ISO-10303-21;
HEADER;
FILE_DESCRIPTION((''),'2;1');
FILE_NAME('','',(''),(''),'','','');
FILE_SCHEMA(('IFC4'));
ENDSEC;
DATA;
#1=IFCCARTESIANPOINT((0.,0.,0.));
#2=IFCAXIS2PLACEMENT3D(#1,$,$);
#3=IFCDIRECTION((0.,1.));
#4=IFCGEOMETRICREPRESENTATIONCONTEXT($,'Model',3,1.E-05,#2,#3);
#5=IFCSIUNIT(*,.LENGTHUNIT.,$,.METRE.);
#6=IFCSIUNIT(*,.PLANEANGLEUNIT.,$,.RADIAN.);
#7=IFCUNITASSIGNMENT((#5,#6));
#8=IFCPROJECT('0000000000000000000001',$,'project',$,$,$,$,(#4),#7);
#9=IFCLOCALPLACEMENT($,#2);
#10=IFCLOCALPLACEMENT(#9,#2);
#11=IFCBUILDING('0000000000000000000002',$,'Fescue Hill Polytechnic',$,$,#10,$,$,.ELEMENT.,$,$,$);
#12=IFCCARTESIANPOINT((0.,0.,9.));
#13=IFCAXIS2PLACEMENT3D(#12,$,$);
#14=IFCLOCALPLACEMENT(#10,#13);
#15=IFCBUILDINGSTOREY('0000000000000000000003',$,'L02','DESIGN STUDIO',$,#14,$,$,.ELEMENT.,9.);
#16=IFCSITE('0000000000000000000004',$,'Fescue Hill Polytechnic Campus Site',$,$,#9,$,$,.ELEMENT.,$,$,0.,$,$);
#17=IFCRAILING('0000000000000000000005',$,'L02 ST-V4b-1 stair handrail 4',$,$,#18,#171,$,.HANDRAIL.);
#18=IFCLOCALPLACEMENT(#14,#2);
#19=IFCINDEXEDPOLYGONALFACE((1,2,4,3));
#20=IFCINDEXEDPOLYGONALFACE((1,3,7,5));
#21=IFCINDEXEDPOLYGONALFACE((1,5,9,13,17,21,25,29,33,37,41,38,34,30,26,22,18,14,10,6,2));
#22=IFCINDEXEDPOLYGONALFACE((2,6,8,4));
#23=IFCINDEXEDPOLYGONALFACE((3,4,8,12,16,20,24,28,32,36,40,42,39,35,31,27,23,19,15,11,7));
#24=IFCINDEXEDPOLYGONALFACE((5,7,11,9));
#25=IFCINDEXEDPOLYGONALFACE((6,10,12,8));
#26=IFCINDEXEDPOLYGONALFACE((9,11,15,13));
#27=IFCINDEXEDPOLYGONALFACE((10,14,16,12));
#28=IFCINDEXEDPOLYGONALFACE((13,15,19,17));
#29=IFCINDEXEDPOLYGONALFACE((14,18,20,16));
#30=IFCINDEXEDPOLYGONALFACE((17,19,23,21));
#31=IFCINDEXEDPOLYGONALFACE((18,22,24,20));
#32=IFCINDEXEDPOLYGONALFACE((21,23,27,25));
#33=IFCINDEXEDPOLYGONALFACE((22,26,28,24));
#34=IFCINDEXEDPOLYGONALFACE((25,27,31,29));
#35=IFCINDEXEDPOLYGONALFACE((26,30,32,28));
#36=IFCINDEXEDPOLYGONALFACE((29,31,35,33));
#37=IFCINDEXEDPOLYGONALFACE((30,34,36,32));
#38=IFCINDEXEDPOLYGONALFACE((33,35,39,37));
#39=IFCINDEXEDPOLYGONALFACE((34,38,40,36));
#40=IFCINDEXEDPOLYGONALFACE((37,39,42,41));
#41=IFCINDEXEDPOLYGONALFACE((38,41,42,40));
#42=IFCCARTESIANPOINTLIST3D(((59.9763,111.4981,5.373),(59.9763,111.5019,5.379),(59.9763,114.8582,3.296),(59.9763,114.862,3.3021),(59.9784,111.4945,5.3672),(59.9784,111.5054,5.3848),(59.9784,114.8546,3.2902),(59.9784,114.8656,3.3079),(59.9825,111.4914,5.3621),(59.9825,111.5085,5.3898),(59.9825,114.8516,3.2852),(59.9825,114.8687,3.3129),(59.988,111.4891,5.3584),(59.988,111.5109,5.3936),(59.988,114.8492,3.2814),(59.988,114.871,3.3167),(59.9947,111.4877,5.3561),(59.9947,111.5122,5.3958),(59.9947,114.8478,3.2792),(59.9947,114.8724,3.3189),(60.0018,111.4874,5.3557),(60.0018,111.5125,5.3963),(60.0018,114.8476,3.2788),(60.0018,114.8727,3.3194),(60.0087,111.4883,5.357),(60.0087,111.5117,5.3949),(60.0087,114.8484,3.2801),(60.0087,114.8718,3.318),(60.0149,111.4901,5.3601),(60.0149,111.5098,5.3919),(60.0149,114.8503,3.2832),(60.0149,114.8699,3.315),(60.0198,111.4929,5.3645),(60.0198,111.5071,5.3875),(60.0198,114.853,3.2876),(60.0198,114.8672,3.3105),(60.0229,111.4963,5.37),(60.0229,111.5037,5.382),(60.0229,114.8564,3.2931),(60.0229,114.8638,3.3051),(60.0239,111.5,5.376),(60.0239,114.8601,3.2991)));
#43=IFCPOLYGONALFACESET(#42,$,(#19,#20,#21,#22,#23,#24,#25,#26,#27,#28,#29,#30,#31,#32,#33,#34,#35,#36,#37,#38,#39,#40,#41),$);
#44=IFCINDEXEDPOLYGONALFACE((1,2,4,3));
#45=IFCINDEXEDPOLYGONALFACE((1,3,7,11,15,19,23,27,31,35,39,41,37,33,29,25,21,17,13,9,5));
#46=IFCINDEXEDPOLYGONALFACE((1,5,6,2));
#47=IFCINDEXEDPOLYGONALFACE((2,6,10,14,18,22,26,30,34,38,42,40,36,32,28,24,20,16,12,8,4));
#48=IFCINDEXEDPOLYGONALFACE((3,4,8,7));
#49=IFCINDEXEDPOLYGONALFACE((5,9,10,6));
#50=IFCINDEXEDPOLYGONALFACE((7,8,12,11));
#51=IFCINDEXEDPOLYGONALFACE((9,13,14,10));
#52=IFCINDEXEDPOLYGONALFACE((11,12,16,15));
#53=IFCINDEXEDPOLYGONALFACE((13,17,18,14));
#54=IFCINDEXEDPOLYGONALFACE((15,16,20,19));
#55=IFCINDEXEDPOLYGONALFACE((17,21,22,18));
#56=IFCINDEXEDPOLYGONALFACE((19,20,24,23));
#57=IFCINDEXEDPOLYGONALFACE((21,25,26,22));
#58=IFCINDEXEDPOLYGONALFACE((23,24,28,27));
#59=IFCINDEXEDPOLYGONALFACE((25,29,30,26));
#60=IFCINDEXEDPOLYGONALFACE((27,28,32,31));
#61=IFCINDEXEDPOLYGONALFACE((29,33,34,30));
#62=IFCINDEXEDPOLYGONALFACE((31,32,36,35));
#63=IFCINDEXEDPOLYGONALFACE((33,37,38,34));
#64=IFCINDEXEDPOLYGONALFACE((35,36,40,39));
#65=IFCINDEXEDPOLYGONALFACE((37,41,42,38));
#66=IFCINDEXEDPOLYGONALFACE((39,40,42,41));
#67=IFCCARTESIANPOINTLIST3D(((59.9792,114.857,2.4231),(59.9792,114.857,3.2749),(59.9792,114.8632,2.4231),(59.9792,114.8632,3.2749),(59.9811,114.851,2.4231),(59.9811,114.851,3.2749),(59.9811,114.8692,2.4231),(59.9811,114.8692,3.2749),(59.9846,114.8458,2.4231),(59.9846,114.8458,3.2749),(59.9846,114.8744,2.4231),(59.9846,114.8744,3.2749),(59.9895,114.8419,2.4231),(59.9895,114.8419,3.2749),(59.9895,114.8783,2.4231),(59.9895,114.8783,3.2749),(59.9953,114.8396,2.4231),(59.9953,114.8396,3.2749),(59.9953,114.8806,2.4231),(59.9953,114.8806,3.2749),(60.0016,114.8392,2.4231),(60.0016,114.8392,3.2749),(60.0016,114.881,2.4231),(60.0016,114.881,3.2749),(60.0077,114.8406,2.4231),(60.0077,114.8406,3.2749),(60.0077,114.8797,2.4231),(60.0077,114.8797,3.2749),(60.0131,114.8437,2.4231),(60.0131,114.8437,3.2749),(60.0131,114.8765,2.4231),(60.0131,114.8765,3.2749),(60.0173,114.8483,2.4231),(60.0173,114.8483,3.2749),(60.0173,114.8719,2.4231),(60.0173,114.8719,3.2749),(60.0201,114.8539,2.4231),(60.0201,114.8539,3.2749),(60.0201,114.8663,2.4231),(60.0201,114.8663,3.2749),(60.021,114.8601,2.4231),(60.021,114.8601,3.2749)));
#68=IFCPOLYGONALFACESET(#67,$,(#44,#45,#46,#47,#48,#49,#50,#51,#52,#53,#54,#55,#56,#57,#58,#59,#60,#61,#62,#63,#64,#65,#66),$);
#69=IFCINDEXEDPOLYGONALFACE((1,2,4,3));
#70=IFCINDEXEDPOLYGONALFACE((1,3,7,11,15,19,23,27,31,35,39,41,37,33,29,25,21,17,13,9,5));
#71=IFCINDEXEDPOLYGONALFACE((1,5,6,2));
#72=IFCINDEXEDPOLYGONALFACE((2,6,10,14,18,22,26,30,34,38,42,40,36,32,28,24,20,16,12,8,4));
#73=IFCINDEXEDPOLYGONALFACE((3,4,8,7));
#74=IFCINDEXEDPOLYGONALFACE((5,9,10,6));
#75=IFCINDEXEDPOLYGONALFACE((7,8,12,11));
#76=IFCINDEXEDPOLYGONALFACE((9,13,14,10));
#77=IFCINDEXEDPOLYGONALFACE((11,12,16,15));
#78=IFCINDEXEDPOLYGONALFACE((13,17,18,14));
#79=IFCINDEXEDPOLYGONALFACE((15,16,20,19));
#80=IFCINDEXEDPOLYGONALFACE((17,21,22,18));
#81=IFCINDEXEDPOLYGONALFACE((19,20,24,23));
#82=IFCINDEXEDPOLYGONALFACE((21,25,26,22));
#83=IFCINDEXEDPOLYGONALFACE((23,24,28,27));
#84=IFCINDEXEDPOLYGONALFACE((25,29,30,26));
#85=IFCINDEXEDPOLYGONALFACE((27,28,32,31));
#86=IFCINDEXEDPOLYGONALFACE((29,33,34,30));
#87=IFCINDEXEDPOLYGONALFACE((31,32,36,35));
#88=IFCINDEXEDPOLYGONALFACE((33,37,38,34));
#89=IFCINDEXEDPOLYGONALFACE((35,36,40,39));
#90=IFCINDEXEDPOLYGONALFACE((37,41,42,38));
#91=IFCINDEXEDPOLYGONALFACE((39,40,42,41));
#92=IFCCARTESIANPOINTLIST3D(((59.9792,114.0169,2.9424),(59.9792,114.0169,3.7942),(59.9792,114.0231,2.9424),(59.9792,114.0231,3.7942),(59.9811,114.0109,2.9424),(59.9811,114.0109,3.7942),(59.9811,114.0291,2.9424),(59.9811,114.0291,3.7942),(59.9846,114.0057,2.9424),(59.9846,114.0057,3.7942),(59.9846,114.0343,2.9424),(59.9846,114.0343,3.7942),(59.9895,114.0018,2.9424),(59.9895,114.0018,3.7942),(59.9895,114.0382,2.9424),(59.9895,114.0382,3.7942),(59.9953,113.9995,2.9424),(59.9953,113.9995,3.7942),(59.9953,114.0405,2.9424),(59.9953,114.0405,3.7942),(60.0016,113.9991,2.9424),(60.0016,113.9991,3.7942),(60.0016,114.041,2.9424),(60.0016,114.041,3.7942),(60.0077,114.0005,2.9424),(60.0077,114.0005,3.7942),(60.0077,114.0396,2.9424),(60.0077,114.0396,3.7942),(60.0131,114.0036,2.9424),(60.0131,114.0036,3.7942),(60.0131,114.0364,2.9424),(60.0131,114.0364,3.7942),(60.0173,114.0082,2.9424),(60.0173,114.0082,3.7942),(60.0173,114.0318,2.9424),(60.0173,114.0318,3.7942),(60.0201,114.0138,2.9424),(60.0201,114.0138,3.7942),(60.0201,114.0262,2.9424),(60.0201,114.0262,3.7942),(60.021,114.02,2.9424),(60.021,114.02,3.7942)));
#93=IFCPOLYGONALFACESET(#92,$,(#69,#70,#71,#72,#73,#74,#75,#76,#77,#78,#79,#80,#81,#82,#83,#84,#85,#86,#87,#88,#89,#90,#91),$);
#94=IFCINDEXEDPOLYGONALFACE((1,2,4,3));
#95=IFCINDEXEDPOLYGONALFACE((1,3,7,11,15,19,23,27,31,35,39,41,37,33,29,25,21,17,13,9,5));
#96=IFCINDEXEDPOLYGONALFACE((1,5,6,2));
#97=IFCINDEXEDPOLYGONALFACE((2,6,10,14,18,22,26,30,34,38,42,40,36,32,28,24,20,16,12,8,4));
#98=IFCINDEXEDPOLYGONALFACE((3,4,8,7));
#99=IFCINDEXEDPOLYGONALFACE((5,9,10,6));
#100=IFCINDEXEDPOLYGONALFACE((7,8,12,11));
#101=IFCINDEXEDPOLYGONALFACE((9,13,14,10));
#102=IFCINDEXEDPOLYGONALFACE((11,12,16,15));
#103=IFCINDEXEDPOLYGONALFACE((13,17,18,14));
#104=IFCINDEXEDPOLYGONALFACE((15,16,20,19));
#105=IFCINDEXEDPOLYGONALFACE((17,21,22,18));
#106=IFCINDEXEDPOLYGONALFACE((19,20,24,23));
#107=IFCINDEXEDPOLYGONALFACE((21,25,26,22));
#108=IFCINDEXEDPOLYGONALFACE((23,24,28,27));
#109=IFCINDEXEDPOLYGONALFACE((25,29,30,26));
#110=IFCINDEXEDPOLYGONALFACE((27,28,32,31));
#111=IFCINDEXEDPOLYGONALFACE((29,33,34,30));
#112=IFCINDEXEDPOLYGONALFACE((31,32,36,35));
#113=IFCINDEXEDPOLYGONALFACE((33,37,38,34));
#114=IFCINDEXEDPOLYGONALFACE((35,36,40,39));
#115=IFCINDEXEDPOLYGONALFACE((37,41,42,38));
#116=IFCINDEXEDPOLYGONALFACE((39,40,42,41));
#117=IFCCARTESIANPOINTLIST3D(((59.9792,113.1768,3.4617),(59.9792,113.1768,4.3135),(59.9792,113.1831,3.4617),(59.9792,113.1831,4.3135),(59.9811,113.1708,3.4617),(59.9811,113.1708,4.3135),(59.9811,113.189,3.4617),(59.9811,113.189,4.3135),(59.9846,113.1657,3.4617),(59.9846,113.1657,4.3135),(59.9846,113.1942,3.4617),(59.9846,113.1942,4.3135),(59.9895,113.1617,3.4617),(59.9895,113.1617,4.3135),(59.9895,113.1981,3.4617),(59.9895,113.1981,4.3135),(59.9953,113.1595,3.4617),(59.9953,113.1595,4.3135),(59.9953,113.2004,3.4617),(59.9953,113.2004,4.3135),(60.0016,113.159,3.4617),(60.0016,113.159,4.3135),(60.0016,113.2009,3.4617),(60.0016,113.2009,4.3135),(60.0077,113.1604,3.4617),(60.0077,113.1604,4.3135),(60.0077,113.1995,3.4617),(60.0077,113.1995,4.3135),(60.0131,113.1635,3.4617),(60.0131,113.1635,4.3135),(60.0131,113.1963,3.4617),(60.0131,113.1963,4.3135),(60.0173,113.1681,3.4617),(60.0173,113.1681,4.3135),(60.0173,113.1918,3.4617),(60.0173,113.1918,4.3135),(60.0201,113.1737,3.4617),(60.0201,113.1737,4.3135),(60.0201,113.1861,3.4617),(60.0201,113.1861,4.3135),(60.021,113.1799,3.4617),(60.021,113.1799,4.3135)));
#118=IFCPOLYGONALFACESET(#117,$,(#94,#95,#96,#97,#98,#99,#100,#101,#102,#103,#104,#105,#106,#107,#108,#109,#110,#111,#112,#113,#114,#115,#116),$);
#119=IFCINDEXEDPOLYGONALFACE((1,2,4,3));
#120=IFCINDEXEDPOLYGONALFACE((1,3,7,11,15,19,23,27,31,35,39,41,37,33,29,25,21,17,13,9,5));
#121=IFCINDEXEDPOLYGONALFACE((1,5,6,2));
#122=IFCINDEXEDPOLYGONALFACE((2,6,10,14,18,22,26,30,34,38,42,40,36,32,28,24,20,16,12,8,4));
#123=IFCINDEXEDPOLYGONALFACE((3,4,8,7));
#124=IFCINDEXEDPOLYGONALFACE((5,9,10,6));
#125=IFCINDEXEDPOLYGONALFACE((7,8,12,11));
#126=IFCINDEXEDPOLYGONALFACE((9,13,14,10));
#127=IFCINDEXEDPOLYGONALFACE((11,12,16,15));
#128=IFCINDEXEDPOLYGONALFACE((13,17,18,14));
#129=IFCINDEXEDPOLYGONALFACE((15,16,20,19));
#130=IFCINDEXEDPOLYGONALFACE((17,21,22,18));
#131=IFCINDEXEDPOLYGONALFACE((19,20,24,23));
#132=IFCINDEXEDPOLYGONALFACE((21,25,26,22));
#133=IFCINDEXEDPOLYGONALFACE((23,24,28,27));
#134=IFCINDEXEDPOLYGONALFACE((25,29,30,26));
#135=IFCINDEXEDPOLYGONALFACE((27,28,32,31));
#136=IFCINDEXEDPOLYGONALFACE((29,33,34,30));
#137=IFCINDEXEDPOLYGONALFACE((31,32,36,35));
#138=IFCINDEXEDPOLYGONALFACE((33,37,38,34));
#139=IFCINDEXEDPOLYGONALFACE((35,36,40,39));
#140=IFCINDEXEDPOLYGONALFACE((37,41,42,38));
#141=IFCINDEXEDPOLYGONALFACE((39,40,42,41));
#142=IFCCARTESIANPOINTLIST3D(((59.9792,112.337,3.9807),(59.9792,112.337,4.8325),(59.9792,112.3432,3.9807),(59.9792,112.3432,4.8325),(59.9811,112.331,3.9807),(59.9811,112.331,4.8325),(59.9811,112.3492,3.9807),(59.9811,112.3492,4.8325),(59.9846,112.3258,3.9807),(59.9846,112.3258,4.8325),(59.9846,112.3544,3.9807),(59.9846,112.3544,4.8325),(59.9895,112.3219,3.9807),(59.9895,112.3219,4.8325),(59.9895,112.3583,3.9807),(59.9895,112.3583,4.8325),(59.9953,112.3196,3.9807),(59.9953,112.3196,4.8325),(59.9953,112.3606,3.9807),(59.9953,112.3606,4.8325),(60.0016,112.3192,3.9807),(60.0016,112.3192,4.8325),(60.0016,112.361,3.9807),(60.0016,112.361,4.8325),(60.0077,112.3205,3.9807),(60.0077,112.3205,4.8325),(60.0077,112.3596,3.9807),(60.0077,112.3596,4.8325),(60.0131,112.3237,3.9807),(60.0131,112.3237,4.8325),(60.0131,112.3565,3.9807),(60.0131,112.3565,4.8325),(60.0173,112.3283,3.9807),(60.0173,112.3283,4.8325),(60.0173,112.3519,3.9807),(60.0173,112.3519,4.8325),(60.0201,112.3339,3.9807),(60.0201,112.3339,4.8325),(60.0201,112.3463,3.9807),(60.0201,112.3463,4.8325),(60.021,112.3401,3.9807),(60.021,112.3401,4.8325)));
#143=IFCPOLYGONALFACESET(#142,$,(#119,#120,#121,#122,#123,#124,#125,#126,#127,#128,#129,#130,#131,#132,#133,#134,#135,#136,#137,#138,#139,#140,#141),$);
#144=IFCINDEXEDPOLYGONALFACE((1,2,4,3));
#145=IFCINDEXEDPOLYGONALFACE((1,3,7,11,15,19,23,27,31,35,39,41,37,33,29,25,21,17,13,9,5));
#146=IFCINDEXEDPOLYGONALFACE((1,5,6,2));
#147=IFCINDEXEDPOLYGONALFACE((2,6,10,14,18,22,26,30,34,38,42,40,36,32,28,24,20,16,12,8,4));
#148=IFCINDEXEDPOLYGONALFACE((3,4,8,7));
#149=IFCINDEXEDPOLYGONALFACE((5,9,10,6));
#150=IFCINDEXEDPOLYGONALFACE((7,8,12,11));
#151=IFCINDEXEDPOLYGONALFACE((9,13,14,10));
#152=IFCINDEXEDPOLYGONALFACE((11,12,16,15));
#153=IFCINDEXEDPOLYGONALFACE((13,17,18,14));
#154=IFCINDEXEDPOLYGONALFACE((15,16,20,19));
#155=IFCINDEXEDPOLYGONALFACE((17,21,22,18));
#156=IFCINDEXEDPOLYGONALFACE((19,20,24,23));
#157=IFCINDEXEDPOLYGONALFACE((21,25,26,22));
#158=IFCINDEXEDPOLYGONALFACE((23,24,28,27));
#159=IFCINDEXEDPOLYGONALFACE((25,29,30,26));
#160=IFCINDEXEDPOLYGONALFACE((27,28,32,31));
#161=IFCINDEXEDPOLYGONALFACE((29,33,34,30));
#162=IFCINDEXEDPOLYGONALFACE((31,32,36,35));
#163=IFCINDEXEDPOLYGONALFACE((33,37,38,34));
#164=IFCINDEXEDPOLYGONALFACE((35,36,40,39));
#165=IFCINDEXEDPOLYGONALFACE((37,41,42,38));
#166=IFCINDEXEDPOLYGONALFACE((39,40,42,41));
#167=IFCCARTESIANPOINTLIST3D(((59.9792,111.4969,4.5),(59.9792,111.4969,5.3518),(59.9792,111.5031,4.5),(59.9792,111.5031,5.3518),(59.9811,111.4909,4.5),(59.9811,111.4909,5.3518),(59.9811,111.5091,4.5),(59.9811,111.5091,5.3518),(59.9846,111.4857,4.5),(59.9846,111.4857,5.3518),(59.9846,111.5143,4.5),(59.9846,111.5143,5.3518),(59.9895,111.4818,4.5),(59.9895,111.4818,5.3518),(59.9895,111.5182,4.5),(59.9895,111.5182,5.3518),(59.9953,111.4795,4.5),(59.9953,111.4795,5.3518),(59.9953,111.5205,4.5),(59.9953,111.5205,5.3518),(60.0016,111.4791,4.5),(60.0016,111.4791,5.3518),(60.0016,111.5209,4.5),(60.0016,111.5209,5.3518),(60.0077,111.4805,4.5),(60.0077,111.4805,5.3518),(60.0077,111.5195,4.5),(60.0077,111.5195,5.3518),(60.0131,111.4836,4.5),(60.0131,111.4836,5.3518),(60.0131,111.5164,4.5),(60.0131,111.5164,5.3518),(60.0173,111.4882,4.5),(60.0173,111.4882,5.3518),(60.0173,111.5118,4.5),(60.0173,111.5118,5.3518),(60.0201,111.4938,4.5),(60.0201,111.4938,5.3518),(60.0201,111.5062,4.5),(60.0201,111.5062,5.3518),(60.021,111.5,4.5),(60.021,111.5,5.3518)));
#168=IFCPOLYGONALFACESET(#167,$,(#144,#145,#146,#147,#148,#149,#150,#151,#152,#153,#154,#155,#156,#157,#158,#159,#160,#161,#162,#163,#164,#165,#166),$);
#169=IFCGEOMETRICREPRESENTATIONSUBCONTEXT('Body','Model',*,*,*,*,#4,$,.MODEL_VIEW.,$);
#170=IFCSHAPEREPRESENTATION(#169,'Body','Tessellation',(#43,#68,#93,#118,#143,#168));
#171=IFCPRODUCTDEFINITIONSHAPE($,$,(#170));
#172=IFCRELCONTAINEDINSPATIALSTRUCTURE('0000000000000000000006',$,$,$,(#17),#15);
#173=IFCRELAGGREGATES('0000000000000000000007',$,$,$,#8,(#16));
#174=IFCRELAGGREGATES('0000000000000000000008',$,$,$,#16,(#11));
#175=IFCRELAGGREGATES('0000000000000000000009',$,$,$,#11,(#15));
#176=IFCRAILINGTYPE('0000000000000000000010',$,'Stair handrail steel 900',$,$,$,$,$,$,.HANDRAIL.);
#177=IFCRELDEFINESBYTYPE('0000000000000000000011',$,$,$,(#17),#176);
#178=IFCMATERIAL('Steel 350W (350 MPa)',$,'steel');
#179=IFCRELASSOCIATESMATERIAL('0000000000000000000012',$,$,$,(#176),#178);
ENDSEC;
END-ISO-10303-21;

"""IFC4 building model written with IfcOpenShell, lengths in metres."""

from ifc_helpers import new_model, si_unit, direction, frame, origin, origin_2d, place, context, subcontext, project, spatial, circle, extrude, material, type_object, element, save


model = new_model("IFC4")

# Units and contexts
model_context = context("Model", 3, precision=1e-05, world=origin(), true_north=direction((0.0, 1.0)))
body_context = subcontext(model_context, "Body", "Model", "MODEL_VIEW")
ifc_project = project(units=[si_unit("LENGTHUNIT", "METRE"), si_unit("PLANEANGLEUNIT", "RADIAN")], contexts=[model_context])

# Site, building, storey
site_placement = place(None, origin())
site = spatial("IfcSite", under=ifc_project, at=site_placement, Name="Fescue Hill Polytechnic Campus Site", CompositionType="ELEMENT", RefElevation=0.0)
building_placement = place(site_placement, origin())
building = spatial("IfcBuilding", under=site, at=building_placement, Name="Fescue Hill Polytechnic", CompositionType="ELEMENT")
storey_placement = place(building_placement, frame((0.0, 0.0, 9.0)))
storey = spatial("IfcBuildingStorey", under=building, at=storey_placement, Name="L02", Description="DESIGN STUDIO", CompositionType="ELEMENT", Elevation=9.0)

# Railing
ifc_material_1 = material(Name="Steel 350W (350 MPa)", Category="steel")
railing_type_1 = type_object("IfcRailingType", Name="Stair handrail steel 900", PredefinedType="HANDRAIL", material=ifc_material_1)
for number, where, name in (
    (1, (60.0, 114.8601, 2.4231), "L02 ST-V4b-1 stair handrail 4"),
):
    element("IfcRailing", number, at=place(storey_placement, frame(where)), inside=storey, type_object=railing_type_1, Name=name, PredefinedType="HANDRAIL", context=body_context, shape_type="SweptSolid", body=[
        extrude(circle(Radius=0.0239, at=origin_2d()), frame((0.0, 0.0, 0.876), z_axis=(0.0, -0.850623, 0.525776), x_axis=(1.0, 0.0, 0.0)), (0.0, 0.0, 1.0), 3.9502),
        extrude(circle(Radius=0.021, at=origin_2d()), origin(), (0.0, 0.0, 1.0), 0.8518),
        extrude(circle(Radius=0.021, at=origin_2d()), frame((0.0, -0.8401, 0.5193)), (0.0, 0.0, 1.0), 0.8518),
        extrude(circle(Radius=0.021, at=origin_2d()), frame((0.0, -1.6802, 1.0386)), (0.0, 0.0, 1.0), 0.8518),
        extrude(circle(Radius=0.021, at=origin_2d()), frame((0.0, -2.52, 1.5576)), (0.0, 0.0, 1.0), 0.8518),
        extrude(circle(Radius=0.021, at=origin_2d()), frame((0.0, -3.3601, 2.0769)), (0.0, 0.0, 1.0), 0.8518),
    ])

save(model, "model.ifc")
